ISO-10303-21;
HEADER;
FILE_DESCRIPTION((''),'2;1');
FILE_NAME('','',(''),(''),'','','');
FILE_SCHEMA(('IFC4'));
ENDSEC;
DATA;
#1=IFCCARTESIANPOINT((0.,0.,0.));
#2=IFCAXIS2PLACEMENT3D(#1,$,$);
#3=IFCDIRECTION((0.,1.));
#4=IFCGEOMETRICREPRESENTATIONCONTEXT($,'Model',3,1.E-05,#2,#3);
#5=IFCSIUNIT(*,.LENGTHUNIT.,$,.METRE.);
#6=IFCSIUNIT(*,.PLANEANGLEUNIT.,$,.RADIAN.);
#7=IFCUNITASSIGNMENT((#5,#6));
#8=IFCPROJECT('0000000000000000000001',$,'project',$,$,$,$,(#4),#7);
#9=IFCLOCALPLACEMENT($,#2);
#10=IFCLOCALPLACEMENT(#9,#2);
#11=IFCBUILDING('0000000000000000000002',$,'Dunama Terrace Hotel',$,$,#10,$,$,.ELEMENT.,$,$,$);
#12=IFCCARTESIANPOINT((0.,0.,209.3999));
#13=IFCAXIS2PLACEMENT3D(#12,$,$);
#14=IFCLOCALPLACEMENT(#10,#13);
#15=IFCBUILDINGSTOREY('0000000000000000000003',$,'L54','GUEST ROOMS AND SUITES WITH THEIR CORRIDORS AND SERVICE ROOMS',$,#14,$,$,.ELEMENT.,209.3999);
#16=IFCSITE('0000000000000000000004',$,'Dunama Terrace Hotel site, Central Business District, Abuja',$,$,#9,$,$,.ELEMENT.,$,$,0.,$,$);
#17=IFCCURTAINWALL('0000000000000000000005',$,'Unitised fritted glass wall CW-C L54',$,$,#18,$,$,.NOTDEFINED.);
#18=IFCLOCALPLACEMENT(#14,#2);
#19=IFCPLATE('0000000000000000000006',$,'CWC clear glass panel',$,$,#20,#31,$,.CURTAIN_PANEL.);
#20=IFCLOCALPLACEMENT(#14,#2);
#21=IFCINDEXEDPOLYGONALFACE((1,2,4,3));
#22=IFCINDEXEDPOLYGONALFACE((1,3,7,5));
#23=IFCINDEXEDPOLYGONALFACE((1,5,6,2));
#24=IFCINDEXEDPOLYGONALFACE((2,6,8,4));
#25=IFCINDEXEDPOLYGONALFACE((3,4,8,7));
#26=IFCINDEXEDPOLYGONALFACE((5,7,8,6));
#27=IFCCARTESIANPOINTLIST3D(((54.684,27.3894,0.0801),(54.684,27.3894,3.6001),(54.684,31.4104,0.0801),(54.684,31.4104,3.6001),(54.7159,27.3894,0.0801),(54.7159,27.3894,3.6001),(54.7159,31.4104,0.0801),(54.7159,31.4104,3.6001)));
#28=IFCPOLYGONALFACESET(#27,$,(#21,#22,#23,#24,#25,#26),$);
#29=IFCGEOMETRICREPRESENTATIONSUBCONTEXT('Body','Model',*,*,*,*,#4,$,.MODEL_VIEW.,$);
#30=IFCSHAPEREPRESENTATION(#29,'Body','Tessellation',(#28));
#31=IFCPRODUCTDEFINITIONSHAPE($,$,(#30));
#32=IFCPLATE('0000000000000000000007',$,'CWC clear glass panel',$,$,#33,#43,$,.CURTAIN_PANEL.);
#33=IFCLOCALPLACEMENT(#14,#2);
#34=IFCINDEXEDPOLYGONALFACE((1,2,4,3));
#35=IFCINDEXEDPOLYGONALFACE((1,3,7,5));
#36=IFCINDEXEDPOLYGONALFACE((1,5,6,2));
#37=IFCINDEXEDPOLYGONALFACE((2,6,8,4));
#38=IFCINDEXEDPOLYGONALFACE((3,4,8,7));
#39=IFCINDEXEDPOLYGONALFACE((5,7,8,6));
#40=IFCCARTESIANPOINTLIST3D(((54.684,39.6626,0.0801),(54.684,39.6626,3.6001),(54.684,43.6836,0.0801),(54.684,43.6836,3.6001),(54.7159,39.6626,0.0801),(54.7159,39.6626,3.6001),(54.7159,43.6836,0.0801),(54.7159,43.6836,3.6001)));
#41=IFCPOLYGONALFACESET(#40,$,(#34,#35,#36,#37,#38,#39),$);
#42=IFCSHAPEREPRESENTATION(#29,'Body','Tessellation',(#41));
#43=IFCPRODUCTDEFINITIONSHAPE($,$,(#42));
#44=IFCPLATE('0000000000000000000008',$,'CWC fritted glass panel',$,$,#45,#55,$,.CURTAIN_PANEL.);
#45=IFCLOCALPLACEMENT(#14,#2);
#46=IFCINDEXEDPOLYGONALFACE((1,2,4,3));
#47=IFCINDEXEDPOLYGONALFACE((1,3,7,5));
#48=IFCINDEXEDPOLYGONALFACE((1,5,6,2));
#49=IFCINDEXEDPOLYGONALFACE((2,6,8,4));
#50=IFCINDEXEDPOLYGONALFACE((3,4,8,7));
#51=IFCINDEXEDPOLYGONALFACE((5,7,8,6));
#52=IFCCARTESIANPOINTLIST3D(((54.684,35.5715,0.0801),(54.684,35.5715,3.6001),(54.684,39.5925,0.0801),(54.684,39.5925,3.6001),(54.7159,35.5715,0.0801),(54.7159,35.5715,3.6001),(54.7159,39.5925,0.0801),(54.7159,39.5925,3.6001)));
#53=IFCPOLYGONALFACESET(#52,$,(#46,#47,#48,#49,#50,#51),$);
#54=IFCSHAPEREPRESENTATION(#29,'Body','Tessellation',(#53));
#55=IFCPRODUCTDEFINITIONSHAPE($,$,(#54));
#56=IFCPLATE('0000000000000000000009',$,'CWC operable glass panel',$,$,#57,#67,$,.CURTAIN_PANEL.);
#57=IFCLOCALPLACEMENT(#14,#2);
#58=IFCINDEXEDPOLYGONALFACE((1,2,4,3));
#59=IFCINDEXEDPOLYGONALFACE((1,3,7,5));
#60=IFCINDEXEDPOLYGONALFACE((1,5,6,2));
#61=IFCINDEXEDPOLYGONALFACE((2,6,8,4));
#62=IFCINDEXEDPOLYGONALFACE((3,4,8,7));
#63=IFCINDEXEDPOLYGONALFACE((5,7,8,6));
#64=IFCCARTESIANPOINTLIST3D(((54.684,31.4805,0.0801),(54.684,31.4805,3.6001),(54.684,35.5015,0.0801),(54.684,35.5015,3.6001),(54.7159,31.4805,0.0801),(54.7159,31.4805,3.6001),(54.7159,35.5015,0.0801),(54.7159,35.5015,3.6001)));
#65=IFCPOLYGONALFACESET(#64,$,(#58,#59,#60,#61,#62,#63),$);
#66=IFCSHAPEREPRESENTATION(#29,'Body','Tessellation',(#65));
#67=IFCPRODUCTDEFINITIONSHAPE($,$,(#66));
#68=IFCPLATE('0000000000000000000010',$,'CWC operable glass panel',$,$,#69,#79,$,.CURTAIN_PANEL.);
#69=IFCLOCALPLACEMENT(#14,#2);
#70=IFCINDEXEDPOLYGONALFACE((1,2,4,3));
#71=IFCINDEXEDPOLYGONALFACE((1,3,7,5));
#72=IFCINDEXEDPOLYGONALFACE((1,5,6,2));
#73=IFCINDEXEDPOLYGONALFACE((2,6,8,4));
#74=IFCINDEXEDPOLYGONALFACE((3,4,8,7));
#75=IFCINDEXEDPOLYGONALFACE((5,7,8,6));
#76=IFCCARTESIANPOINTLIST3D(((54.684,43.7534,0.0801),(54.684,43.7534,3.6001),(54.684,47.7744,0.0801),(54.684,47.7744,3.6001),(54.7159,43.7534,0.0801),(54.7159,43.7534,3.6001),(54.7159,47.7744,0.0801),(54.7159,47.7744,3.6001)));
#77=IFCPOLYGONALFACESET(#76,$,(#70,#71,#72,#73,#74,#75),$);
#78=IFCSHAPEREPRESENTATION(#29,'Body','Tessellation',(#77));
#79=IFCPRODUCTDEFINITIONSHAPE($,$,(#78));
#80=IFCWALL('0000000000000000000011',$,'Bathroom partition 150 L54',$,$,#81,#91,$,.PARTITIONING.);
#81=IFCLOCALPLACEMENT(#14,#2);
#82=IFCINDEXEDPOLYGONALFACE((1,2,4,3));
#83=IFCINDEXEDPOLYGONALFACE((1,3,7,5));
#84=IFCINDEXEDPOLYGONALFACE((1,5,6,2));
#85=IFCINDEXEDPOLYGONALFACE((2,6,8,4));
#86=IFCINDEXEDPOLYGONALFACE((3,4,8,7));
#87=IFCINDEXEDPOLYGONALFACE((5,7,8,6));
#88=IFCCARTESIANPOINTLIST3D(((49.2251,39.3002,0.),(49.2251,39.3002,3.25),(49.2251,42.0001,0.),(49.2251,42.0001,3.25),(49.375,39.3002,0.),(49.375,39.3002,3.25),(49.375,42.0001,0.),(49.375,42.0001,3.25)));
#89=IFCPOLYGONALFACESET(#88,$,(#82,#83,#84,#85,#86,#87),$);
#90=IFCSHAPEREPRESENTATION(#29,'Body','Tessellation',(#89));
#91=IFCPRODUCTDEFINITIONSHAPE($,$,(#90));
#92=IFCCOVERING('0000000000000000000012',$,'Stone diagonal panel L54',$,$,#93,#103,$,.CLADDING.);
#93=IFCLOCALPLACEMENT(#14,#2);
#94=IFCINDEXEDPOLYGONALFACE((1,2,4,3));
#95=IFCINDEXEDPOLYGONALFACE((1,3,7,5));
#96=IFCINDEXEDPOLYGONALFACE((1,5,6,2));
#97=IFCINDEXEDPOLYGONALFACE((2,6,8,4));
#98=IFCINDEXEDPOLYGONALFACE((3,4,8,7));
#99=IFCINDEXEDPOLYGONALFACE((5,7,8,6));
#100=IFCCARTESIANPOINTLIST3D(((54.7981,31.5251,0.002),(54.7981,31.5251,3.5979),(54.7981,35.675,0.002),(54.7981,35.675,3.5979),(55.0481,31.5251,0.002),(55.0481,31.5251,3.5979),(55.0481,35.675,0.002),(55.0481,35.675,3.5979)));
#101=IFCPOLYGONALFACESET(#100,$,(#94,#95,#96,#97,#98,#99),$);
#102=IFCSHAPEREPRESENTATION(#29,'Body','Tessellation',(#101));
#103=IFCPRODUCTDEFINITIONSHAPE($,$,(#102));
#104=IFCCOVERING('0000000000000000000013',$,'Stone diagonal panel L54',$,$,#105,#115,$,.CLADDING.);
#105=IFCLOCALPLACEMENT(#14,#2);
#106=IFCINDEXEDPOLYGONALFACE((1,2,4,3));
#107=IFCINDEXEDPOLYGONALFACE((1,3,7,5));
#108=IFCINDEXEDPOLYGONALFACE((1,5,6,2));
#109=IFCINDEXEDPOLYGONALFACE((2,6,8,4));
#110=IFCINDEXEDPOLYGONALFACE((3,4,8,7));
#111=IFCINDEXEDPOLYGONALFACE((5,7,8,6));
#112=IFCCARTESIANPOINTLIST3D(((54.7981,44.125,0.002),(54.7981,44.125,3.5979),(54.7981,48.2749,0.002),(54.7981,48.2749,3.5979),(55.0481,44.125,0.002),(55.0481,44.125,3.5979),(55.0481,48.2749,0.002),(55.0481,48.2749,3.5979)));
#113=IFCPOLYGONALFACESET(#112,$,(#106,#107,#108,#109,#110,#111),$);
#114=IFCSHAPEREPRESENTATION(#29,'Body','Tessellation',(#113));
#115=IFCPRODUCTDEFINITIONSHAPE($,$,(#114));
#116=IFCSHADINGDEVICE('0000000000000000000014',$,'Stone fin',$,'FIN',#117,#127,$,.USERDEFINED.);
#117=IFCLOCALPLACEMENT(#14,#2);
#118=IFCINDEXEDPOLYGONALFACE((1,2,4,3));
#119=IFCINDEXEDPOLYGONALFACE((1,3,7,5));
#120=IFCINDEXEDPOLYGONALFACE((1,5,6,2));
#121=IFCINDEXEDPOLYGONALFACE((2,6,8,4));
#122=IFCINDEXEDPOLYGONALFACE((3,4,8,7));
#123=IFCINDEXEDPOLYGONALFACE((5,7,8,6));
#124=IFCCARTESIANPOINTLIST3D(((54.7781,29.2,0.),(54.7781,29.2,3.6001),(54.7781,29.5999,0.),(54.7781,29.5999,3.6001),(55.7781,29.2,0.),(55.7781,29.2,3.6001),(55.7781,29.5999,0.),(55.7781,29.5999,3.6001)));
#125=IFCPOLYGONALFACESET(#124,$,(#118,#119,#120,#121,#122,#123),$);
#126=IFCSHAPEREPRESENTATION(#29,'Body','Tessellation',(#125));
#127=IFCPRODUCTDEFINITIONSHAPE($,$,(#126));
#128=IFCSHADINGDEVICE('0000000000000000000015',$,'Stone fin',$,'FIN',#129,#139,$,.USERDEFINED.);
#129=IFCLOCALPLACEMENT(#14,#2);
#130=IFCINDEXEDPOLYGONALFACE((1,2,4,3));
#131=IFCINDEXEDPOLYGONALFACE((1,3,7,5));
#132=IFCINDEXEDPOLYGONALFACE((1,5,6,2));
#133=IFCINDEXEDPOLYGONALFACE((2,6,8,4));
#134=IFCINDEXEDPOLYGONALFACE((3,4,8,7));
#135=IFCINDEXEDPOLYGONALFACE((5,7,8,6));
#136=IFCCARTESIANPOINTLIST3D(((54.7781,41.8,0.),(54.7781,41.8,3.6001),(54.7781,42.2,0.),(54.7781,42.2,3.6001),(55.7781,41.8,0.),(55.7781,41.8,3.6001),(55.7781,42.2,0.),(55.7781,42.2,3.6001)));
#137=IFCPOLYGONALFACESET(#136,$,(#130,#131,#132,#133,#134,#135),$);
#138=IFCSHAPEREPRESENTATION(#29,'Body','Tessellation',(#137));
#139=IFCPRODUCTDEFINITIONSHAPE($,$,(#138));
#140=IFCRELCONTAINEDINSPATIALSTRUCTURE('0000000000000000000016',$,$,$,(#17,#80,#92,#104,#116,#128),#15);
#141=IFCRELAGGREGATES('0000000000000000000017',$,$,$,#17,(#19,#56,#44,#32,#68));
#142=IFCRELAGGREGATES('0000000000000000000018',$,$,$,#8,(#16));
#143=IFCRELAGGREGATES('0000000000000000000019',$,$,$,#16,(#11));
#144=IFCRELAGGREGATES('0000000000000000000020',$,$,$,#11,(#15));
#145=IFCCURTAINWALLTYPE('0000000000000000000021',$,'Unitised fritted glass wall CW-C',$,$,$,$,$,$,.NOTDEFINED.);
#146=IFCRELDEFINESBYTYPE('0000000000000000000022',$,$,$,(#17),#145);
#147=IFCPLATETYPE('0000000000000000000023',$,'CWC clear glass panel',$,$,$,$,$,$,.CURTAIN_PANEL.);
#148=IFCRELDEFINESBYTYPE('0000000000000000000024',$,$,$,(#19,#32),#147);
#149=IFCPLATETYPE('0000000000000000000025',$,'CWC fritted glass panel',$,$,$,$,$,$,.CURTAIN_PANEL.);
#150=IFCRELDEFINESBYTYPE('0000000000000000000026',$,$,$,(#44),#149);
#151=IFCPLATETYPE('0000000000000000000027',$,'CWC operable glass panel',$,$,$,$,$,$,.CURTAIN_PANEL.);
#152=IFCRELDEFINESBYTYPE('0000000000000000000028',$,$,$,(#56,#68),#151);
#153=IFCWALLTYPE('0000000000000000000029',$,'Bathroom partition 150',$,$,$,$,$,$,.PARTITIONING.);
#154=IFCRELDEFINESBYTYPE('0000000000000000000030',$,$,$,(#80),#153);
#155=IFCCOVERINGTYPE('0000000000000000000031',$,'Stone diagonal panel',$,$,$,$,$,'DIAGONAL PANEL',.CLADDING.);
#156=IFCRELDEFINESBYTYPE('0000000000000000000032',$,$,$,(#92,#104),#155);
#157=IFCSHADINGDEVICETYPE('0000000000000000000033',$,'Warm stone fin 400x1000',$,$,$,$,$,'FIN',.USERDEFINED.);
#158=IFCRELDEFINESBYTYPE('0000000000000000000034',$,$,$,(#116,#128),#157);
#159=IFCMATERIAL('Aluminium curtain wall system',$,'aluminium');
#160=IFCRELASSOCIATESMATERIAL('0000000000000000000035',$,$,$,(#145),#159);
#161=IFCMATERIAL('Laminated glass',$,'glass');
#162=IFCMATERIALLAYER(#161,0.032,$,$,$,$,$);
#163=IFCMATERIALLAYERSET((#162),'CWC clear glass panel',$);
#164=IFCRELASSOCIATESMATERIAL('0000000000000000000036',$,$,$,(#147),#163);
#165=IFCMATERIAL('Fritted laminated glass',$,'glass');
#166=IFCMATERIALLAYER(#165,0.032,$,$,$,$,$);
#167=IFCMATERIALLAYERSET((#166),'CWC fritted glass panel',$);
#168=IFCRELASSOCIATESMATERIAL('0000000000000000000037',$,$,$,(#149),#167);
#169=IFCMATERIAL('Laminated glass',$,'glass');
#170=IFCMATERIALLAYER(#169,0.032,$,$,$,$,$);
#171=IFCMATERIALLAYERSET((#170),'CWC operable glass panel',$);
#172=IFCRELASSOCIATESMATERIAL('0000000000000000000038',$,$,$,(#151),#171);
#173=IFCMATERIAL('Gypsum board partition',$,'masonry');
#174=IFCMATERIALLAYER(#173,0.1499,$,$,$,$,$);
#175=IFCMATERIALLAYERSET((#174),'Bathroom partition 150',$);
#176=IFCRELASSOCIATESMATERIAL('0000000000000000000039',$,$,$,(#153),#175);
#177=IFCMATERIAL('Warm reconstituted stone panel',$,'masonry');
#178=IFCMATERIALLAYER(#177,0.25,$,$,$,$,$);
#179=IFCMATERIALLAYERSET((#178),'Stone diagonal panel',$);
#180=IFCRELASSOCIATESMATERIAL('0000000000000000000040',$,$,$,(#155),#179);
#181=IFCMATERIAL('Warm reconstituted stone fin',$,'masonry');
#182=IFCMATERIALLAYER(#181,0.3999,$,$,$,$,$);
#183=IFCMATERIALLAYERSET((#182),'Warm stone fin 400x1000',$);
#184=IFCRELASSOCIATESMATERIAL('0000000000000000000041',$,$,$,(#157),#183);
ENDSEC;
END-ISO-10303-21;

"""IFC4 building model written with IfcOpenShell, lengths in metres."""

from ifc_helpers import new_model, si_unit, direction, frame, frame_2d, origin, origin_2d, place, context, subcontext, project, spatial, rectangle, extrude, material, layer, layer_set, type_object, element, aggregate, save


model = new_model("IFC4")

# Units and contexts
model_context = context("Model", 3, precision=1e-05, world=origin(), true_north=direction((0.0, 1.0)))
body_context = subcontext(model_context, "Body", "Model", "MODEL_VIEW")
ifc_project = project(units=[si_unit("LENGTHUNIT", "METRE"), si_unit("PLANEANGLEUNIT", "RADIAN")], contexts=[model_context])

# Site, building, storey
site_placement = place(None, origin())
site = spatial("IfcSite", under=ifc_project, at=site_placement, Name="Dunama Terrace Hotel site, Central Business District, Abuja", CompositionType="ELEMENT", RefElevation=0.0)
building_placement = place(site_placement, origin())
building = spatial("IfcBuilding", under=site, at=building_placement, Name="Dunama Terrace Hotel", CompositionType="ELEMENT")
storey_placement = place(building_placement, frame((0.0, 0.0, 209.3999)))
storey = spatial("IfcBuildingStorey", under=building, at=storey_placement, Name="L54", Description="GUEST ROOMS AND SUITES WITH THEIR CORRIDORS AND SERVICE ROOMS", CompositionType="ELEMENT", Elevation=209.3999)

# Curtain wall
ifc_material_1 = material(Name="Aluminium curtain wall system", Category="aluminium")
curtain_wall_type = type_object("IfcCurtainWallType", Name="Unitised fritted glass wall CW-C", PredefinedType="NOTDEFINED", material=ifc_material_1)
curtain_wall_placement = place(storey_placement, origin())
curtain_wall = element("IfcCurtainWall", 1, at=curtain_wall_placement, inside=storey, type_object=curtain_wall_type, Name="Unitised fritted glass wall CW-C L54", PredefinedType="NOTDEFINED")

# Plates
ifc_material_2 = material(Name="Laminated glass", Category="glass")
ifc_layer_1 = layer(ifc_material_2, 0.032)
ifc_layer_set_1 = layer_set([ifc_layer_1], Name="CWC clear glass panel")
plate_type_1 = type_object("IfcPlateType", Name="CWC clear glass panel", PredefinedType="CURTAIN_PANEL", material=ifc_layer_set_1)
plate_1_placement = place(storey_placement, frame((54.7, 29.3999, 0.0801), z_axis=(0.0, 0.0, 1.0), x_axis=(0.0, 1.0, 0.0)))
plate_1 = element("IfcPlate", 2, at=plate_1_placement, type_object=plate_type_1, Name="CWC clear glass panel", PredefinedType="CURTAIN_PANEL", context=body_context, shape_type="SweptSolid", body=[
    extrude(rectangle(XDim=4.021, YDim=0.032, at=origin_2d()), origin(), (0.0, 0.0, 1.0), 3.52),
])
plate_2_placement = place(storey_placement, frame((54.7, 41.6731, 0.0801), z_axis=(0.0, 0.0, 1.0), x_axis=(0.0, 1.0, 0.0)))
plate_2 = element("IfcPlate", 3, at=plate_2_placement, type_object=plate_type_1, Name="CWC clear glass panel", PredefinedType="CURTAIN_PANEL", context=body_context, shape_type="SweptSolid", body=[
    extrude(rectangle(XDim=4.021, YDim=0.032, at=origin_2d()), origin(), (0.0, 0.0, 1.0), 3.52),
])
ifc_material_3 = material(Name="Fritted laminated glass", Category="glass")
ifc_layer_2 = layer(ifc_material_3, 0.032)
ifc_layer_set_2 = layer_set([ifc_layer_2], Name="CWC fritted glass panel")
plate_type_2 = type_object("IfcPlateType", Name="CWC fritted glass panel", PredefinedType="CURTAIN_PANEL", material=ifc_layer_set_2)
plate_3_placement = place(storey_placement, frame((54.7, 37.582, 0.0801), z_axis=(0.0, 0.0, 1.0), x_axis=(0.0, 1.0, 0.0)))
plate_3 = element("IfcPlate", 4, at=plate_3_placement, type_object=plate_type_2, Name="CWC fritted glass panel", PredefinedType="CURTAIN_PANEL", context=body_context, shape_type="SweptSolid", body=[
    extrude(rectangle(XDim=4.021, YDim=0.032, at=origin_2d()), origin(), (0.0, 0.0, 1.0), 3.52),
])
ifc_material_4 = material(Name="Laminated glass", Category="glass")
ifc_layer_3 = layer(ifc_material_4, 0.032)
ifc_layer_set_3 = layer_set([ifc_layer_3], Name="CWC operable glass panel")
plate_type_3 = type_object("IfcPlateType", Name="CWC operable glass panel", PredefinedType="CURTAIN_PANEL", material=ifc_layer_set_3)
plate_4_placement = place(storey_placement, frame((54.7, 33.491, 0.0801), z_axis=(0.0, 0.0, 1.0), x_axis=(0.0, 1.0, 0.0)))
plate_4 = element("IfcPlate", 5, at=plate_4_placement, type_object=plate_type_3, Name="CWC operable glass panel", PredefinedType="CURTAIN_PANEL", context=body_context, shape_type="SweptSolid", body=[
    extrude(rectangle(XDim=4.021, YDim=0.032, at=origin_2d()), origin(), (0.0, 0.0, 1.0), 3.52),
])
plate_5_placement = place(storey_placement, frame((54.7, 45.7639, 0.0801), z_axis=(0.0, 0.0, 1.0), x_axis=(0.0, 1.0, 0.0)))
plate_5 = element("IfcPlate", 6, at=plate_5_placement, type_object=plate_type_3, Name="CWC operable glass panel", PredefinedType="CURTAIN_PANEL", context=body_context, shape_type="SweptSolid", body=[
    extrude(rectangle(XDim=4.021, YDim=0.032, at=origin_2d()), origin(), (0.0, 0.0, 1.0), 3.52),
])
aggregate(curtain_wall, [plate_1, plate_4, plate_3, plate_2, plate_5])

# Wall
ifc_material_5 = material(Name="Gypsum board partition", Category="masonry")
ifc_layer_4 = layer(ifc_material_5, 0.1499)
ifc_layer_set_4 = layer_set([ifc_layer_4], Name="Bathroom partition 150")
wall_type = type_object("IfcWallType", Name="Bathroom partition 150", PredefinedType="PARTITIONING", material=ifc_layer_set_4)
wall_placement = place(storey_placement, frame((49.3, 39.3, 0.0), z_axis=(0.0, 0.0, 1.0), x_axis=(0.0, 1.0, 0.0)))
element("IfcWall", 7, at=wall_placement, inside=storey, type_object=wall_type, Name="Bathroom partition 150 L54", PredefinedType="PARTITIONING", context=body_context, shape_type="SweptSolid", body=[
    extrude(rectangle(XDim=2.7, YDim=0.1499, at=frame_2d((1.3501, 0.0))), origin(), (0.0, 0.0, 1.0), 3.25),
])

# Coverings
ifc_material_6 = material(Name="Warm reconstituted stone panel", Category="masonry")
ifc_layer_5 = layer(ifc_material_6, 0.25)
ifc_layer_set_5 = layer_set([ifc_layer_5], Name="Stone diagonal panel")
covering_type = type_object("IfcCoveringType", Name="Stone diagonal panel", ElementType="DIAGONAL PANEL", PredefinedType="CLADDING", material=ifc_layer_set_5)
for number, where, z_axis, x_axis, name in (
    (8, (54.9231, 33.6001, 0.002), (0.0, 0.0, 1.0), (0.0, 1.0, 0.0), "Stone diagonal panel L54"),
    (9, (54.9231, 46.2, 0.002), (0.0, 0.0, 1.0), (0.0, 1.0, 0.0), "Stone diagonal panel L54"),
):
    element("IfcCovering", number, at=place(storey_placement, frame(where, z_axis=z_axis, x_axis=x_axis)), inside=storey, type_object=covering_type, Name=name, PredefinedType="CLADDING", context=body_context, shape_type="SweptSolid", body=[
        extrude(rectangle(XDim=4.1499, YDim=0.25, at=origin_2d()), origin(), (0.0, 0.0, 1.0), 3.5959),
    ])

# Shading devices
ifc_material_7 = material(Name="Warm reconstituted stone fin", Category="masonry")
ifc_layer_6 = layer(ifc_material_7, 0.3999)
ifc_layer_set_6 = layer_set([ifc_layer_6], Name="Warm stone fin 400x1000")
shading_device_type = type_object("IfcShadingDeviceType", Name="Warm stone fin 400x1000", ElementType="FIN", PredefinedType="USERDEFINED", material=ifc_layer_set_6)
for number, where, z_axis, x_axis, name in (
    (10, (55.2781, 29.3999, 0.0), (0.0, 0.0, 1.0), (0.0, 1.0, 0.0), "Stone fin"),
    (11, (55.2781, 42.0, 0.0), (0.0, 0.0, 1.0), (0.0, 1.0, 0.0), "Stone fin"),
):
    element("IfcShadingDevice", number, at=place(storey_placement, frame(where, z_axis=z_axis, x_axis=x_axis)), inside=storey, type_object=shading_device_type, Name=name, ObjectType="FIN", PredefinedType="USERDEFINED", context=body_context, shape_type="SweptSolid", body=[
        extrude(rectangle(XDim=0.3999, YDim=1.0, at=origin_2d()), origin(), (0.0, 0.0, 1.0), 3.6001),
    ])

save(model, "model.ifc")
